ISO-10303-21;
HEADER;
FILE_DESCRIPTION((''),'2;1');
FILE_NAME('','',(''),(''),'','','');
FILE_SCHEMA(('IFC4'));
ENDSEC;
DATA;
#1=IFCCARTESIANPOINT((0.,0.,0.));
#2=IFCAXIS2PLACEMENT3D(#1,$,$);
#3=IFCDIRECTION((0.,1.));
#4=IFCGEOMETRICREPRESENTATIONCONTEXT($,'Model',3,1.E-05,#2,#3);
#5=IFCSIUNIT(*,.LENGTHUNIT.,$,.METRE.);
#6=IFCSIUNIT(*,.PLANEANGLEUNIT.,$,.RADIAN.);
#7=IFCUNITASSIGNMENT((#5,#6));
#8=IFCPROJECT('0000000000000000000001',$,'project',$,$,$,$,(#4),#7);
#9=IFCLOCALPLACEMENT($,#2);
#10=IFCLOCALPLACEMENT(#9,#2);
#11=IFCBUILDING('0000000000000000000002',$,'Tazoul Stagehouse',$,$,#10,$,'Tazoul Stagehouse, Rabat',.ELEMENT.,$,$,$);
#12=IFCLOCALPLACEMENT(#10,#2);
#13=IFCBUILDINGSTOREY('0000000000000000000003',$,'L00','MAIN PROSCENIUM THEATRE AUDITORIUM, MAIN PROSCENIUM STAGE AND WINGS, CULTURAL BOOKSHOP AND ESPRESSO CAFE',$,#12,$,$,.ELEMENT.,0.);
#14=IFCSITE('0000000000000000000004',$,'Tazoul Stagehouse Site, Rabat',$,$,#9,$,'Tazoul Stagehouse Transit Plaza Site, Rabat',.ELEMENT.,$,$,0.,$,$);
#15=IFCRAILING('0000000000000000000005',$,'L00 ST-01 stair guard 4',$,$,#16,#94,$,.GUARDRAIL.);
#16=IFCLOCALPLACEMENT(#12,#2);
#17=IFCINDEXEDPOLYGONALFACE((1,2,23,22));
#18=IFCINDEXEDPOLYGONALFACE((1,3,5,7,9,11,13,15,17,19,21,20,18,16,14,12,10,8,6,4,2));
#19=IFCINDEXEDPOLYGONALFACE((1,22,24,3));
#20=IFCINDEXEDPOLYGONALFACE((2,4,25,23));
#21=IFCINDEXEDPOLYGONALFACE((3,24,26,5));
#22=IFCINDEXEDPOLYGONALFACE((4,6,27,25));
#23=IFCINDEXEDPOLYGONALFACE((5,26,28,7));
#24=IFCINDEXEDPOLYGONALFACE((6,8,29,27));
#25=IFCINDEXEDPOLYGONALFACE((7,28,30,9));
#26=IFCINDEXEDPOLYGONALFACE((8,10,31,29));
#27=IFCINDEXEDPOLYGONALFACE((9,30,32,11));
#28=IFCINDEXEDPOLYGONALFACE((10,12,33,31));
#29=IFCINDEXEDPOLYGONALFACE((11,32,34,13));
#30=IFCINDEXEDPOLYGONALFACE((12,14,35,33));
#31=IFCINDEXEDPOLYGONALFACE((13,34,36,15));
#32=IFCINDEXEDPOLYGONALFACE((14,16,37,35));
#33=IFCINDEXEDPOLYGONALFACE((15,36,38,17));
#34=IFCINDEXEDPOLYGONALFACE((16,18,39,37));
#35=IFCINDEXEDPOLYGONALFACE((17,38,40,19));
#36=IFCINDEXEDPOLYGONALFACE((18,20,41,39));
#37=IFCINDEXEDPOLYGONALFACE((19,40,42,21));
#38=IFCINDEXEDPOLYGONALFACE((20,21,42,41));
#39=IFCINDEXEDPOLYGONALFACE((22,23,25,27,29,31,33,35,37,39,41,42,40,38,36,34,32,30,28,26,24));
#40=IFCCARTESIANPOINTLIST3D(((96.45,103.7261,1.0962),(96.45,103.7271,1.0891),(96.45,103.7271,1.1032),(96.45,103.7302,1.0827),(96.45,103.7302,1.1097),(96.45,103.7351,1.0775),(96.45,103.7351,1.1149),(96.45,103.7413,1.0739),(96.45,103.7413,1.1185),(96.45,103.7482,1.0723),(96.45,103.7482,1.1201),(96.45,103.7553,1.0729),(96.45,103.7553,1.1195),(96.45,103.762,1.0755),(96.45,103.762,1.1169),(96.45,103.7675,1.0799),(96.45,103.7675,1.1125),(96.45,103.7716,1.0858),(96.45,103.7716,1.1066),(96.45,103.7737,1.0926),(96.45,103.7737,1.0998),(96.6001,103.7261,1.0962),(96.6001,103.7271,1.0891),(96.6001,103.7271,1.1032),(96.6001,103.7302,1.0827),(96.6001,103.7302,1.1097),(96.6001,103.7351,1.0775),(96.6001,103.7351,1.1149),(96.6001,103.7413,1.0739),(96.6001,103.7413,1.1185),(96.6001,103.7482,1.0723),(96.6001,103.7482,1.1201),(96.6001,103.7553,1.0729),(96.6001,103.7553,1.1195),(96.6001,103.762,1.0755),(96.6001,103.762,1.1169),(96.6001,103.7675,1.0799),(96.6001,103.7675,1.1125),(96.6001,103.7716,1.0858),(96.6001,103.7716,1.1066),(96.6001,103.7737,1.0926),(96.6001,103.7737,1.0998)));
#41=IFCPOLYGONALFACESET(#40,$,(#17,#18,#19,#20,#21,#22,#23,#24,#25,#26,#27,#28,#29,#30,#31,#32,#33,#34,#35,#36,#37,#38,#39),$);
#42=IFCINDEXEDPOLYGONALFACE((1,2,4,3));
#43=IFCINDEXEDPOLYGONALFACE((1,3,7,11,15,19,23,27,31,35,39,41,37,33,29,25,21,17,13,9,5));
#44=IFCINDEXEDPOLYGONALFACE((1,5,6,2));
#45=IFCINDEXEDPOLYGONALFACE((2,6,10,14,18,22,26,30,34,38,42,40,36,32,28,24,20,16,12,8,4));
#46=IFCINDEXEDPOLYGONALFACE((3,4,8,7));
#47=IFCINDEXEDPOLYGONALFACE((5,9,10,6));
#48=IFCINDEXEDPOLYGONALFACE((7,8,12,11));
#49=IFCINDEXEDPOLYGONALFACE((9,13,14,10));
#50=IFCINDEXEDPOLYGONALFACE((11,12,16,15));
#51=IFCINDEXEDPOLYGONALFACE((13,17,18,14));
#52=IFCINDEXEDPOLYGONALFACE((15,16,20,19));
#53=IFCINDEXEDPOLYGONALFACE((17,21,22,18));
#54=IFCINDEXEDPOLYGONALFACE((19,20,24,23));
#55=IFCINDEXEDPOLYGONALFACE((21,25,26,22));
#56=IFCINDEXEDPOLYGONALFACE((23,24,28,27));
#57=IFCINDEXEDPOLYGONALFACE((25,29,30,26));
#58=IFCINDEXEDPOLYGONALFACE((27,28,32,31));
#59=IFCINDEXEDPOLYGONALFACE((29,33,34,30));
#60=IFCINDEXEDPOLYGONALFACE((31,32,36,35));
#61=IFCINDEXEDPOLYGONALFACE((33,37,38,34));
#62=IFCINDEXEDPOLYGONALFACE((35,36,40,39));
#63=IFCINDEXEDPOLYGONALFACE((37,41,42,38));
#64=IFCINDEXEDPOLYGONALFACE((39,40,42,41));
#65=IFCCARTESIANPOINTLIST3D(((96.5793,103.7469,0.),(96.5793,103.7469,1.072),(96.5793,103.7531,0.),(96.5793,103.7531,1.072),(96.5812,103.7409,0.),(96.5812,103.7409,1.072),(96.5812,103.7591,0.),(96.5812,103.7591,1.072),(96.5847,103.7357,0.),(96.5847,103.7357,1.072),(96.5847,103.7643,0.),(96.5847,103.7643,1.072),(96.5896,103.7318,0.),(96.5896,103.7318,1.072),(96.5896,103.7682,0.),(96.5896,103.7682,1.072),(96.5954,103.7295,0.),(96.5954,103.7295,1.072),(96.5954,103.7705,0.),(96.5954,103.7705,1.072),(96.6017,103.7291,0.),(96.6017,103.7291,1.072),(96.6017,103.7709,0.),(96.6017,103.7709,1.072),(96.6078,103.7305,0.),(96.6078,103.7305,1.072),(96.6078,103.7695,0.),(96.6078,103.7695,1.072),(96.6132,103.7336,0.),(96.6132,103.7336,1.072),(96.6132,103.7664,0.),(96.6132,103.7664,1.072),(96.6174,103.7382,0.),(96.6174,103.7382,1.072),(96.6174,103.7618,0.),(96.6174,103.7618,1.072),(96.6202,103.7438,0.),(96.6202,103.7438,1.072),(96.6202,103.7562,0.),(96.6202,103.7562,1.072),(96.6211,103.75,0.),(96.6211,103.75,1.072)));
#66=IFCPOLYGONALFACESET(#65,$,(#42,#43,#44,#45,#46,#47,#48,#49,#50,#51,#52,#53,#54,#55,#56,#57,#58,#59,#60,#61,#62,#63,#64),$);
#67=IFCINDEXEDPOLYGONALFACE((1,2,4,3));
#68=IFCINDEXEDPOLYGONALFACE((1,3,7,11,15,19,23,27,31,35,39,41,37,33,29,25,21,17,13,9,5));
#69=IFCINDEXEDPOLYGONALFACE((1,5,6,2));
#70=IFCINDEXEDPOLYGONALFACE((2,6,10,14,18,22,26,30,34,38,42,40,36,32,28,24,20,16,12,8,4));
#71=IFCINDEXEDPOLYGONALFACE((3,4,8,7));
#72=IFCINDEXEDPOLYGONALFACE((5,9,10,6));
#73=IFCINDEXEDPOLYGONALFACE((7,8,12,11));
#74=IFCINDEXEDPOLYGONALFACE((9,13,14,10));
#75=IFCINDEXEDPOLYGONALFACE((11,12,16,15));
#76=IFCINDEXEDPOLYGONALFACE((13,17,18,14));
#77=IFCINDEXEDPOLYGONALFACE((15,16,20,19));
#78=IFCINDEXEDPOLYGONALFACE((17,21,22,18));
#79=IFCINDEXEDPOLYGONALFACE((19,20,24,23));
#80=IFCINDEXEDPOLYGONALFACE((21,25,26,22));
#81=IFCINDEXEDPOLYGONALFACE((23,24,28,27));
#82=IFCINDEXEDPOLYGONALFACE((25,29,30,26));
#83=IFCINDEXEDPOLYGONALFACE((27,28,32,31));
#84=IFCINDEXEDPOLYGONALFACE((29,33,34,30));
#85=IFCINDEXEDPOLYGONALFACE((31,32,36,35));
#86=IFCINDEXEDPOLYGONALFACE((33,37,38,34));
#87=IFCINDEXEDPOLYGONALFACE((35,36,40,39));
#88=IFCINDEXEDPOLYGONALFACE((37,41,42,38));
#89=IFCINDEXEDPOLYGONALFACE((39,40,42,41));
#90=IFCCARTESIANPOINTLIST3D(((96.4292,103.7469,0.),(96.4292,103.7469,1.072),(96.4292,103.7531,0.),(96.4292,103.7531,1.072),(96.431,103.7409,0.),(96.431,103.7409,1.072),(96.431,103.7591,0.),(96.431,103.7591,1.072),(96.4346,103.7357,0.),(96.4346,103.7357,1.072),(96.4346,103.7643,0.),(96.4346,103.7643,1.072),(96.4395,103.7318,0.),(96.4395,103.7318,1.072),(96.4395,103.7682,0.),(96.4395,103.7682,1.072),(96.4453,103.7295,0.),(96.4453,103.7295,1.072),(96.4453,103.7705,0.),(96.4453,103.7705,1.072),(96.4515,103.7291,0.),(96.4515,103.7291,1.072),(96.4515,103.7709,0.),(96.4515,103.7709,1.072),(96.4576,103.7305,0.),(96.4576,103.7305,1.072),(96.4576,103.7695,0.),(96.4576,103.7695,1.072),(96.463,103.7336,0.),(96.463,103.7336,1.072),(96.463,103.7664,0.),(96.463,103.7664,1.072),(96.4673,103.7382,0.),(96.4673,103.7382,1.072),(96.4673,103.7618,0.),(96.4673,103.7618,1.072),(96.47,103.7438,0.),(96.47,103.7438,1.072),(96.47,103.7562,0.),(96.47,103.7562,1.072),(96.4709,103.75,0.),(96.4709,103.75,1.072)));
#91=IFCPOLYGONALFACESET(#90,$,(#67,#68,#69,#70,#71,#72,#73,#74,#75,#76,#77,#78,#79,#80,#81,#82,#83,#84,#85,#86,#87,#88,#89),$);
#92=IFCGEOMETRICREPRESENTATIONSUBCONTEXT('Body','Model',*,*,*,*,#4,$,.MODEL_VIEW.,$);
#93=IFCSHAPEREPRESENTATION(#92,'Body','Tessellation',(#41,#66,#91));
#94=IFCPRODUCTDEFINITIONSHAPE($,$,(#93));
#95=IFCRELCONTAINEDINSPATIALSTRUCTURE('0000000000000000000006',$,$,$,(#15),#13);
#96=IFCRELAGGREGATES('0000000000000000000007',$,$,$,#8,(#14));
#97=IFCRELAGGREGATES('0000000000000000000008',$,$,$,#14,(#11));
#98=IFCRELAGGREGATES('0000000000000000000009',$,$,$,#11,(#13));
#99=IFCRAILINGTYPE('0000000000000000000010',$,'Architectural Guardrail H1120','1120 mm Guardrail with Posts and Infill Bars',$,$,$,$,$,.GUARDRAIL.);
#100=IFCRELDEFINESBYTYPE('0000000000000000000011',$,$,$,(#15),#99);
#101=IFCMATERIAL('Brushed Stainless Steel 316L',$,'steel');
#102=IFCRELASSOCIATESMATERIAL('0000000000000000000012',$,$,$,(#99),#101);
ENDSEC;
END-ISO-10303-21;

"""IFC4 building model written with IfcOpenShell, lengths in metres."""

from ifc_helpers import new_model, si_unit, direction, frame, origin, origin_2d, place, context, subcontext, project, spatial, circle, extrude, material, material_profile, profile_set, type_object, element, save


model = new_model("IFC4")

# Units and contexts
model_context = context("Model", 3, precision=1e-05, world=origin(), true_north=direction((0.0, 1.0)))
body_context = subcontext(model_context, "Body", "Model", "MODEL_VIEW")
ifc_project = project(units=[si_unit("LENGTHUNIT", "METRE"), si_unit("PLANEANGLEUNIT", "RADIAN")], contexts=[model_context])

# Site, building, storey
site_placement = place(None, origin())
site = spatial("IfcSite", under=ifc_project, at=site_placement, Name="Tazoul Stagehouse Site, Rabat", LongName="Tazoul Stagehouse Transit Plaza Site, Rabat", CompositionType="ELEMENT", RefElevation=0.0)
building_placement = place(site_placement, origin())
building = spatial("IfcBuilding", under=site, at=building_placement, Name="Tazoul Stagehouse", LongName="Tazoul Stagehouse, Rabat", CompositionType="ELEMENT")
storey_placement = place(building_placement, origin())
storey = spatial("IfcBuildingStorey", under=building, at=storey_placement, Name="L00", Description="MAIN PROSCENIUM THEATRE AUDITORIUM, MAIN PROSCENIUM STAGE AND WINGS, CULTURAL BOOKSHOP AND ESPRESSO CAFE", CompositionType="ELEMENT", Elevation=0.0)

# Railing
ifc_material_1 = material(Name="Brushed Stainless Steel 316L", Category="steel")
ifc_material_profile_1 = material_profile(ifc_material_1, circle(Radius=0.0239, at=origin_2d()), Name="SS RAIL D48")
ifc_profile_set_1 = profile_set([ifc_material_profile_1], Name="Brushed Stainless Steel 316L")
railing_type_1 = type_object("IfcRailingType", Name="Architectural Guardrail H1120", Description="1120 mm Guardrail with Posts and Infill Bars", PredefinedType="GUARDRAIL", material=ifc_profile_set_1)
railing_1_placement = place(storey_placement, frame((96.6001, 103.75, 0.0)))
element("IfcRailing", 1, at=railing_1_placement, inside=storey, type_object=railing_type_1, Name="L00 ST-01 stair guard 4", PredefinedType="GUARDRAIL", context=body_context, shape_type="SweptSolid", body=[
    extrude(circle(Radius=0.0239, at=origin_2d()), frame((0.0, 0.0, 1.0962), z_axis=(-1.0, 0.0, 0.0), x_axis=(0.0, -1.0, 0.0)), (0.0, 0.0, 1.0), 0.1501),
    extrude(circle(Radius=0.021, at=origin_2d()), origin(), (0.0, 0.0, 1.0), 1.072),
    extrude(circle(Radius=0.021, at=origin_2d()), frame((-0.1501, 0.0, 0.0)), (0.0, 0.0, 1.0), 1.072),
])

save(model, "model.ifc")
